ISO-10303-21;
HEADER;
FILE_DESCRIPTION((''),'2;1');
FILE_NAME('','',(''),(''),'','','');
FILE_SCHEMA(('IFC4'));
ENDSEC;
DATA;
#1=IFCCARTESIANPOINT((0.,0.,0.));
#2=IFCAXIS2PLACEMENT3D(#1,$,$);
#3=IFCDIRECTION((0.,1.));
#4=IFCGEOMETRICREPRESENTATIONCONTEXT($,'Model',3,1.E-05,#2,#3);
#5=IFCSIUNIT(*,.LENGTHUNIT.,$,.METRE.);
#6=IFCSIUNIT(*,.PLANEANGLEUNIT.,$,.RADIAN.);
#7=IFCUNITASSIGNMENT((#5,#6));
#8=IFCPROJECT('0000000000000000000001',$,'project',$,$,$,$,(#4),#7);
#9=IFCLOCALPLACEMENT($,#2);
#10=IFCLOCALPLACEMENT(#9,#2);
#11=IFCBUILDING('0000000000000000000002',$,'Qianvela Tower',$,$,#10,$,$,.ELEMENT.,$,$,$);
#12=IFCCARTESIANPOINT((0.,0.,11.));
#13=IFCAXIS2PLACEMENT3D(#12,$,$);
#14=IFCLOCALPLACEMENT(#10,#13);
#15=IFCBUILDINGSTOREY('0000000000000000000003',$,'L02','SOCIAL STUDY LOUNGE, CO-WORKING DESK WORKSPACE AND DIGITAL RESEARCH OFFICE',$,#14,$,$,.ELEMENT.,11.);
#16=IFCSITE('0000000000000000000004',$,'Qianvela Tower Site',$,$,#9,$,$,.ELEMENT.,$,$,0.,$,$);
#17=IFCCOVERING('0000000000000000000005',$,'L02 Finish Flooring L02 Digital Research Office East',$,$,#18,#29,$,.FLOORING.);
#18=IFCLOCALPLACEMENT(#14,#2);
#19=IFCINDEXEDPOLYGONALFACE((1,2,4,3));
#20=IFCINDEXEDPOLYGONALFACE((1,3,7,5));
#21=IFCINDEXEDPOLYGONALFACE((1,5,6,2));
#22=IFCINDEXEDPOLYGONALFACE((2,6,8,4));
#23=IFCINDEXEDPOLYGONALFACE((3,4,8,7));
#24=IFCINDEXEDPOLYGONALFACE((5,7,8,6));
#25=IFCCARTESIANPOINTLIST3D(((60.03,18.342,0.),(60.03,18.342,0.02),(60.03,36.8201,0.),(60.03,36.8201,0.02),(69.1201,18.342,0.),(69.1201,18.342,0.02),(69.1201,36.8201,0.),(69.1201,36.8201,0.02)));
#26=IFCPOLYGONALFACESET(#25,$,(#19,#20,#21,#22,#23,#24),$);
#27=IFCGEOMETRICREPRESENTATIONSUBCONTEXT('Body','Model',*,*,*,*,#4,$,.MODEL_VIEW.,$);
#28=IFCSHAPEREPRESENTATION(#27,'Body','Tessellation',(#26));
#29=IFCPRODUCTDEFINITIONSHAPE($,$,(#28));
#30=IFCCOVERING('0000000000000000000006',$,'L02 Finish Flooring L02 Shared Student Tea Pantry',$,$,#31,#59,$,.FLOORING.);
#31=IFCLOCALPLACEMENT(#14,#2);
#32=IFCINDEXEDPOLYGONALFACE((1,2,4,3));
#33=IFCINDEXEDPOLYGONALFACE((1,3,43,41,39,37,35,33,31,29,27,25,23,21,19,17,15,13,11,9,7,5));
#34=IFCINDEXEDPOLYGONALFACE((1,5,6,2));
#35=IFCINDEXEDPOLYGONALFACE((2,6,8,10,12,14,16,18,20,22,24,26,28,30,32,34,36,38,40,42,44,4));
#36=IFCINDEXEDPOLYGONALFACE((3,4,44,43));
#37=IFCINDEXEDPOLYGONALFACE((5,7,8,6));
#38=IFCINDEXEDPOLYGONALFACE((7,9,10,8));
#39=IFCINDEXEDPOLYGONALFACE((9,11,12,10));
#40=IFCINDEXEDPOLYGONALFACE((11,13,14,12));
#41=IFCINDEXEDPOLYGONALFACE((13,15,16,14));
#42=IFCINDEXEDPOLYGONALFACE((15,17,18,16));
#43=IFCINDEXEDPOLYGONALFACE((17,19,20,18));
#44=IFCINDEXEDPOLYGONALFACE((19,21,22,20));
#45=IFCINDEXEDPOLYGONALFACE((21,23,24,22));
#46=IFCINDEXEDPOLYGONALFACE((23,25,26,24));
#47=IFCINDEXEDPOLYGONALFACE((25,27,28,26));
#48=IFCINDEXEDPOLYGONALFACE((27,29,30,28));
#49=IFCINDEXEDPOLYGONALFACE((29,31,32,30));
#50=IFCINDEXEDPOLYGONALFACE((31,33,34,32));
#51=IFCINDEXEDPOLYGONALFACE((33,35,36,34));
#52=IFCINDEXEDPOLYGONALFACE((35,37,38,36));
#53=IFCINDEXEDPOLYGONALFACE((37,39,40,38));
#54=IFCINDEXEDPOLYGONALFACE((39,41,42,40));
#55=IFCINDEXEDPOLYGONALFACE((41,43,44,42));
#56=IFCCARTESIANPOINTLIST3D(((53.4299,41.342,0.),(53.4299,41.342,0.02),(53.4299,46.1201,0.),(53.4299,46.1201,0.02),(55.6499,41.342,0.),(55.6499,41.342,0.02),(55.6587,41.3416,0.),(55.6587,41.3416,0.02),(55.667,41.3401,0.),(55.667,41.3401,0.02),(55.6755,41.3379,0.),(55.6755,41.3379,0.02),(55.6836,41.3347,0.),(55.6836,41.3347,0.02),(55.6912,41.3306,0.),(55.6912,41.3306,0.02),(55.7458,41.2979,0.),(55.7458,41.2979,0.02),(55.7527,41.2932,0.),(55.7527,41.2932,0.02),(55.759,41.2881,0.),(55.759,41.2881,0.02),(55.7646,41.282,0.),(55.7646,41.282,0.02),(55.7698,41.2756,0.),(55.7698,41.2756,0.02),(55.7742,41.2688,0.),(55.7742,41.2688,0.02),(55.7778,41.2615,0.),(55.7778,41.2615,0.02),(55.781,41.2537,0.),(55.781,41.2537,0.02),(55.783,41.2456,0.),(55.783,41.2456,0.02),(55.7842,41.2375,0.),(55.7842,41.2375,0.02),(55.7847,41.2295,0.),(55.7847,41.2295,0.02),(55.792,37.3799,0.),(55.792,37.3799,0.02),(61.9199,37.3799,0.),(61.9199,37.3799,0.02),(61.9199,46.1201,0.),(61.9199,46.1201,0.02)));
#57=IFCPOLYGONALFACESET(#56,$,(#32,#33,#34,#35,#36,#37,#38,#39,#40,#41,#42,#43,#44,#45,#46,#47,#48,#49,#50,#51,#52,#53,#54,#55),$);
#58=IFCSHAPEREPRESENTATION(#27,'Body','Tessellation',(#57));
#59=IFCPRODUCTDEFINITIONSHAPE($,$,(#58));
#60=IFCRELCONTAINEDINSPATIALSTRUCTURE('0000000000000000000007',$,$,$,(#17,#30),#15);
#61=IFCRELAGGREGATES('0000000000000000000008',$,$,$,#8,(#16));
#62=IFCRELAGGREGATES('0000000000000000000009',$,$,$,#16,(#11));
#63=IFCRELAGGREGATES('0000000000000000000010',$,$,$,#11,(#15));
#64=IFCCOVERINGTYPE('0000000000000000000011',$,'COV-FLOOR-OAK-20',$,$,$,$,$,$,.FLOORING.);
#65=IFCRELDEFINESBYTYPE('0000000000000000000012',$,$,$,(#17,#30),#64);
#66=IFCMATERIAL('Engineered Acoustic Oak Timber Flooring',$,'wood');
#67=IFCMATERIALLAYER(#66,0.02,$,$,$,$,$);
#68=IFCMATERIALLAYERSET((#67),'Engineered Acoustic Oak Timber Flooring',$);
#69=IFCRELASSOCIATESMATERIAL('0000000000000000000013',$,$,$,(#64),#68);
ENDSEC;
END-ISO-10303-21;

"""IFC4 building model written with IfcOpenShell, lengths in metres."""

from ifc_helpers import new_model, si_unit, direction, frame, origin, place, context, subcontext, project, spatial, polyline, outline, extrude, material, layer, layer_set, type_object, element, save


model = new_model("IFC4")

# Units and contexts
model_context = context("Model", 3, precision=1e-05, world=origin(), true_north=direction((0.0, 1.0)))
body_context = subcontext(model_context, "Body", "Model", "MODEL_VIEW")
ifc_project = project(units=[si_unit("LENGTHUNIT", "METRE"), si_unit("PLANEANGLEUNIT", "RADIAN")], contexts=[model_context])

# Site, building, storey
site_placement = place(None, origin())
site = spatial("IfcSite", under=ifc_project, at=site_placement, Name="Qianvela Tower Site", CompositionType="ELEMENT", RefElevation=0.0)
building_placement = place(site_placement, origin())
building = spatial("IfcBuilding", under=site, at=building_placement, Name="Qianvela Tower", CompositionType="ELEMENT")
storey_placement = place(building_placement, frame((0.0, 0.0, 11.0)))
storey = spatial("IfcBuildingStorey", under=building, at=storey_placement, Name="L02", Description="SOCIAL STUDY LOUNGE, CO-WORKING DESK WORKSPACE AND DIGITAL RESEARCH OFFICE", CompositionType="ELEMENT", Elevation=11.0)

# Coverings
ifc_material_1 = material(Name="Engineered Acoustic Oak Timber Flooring", Category="wood")
ifc_layer_1 = layer(ifc_material_1, 0.02)
ifc_layer_set_1 = layer_set([ifc_layer_1], Name="Engineered Acoustic Oak Timber Flooring")
covering_type_1 = type_object("IfcCoveringType", Name="COV-FLOOR-OAK-20", PredefinedType="FLOORING", material=ifc_layer_set_1)
covering_1_placement = place(storey_placement, origin())
element("IfcCovering", 1, at=covering_1_placement, inside=storey, type_object=covering_type_1, Name="L02 Finish Flooring L02 Digital Research Office East", PredefinedType="FLOORING", context=body_context, shape_type="SweptSolid", body=[
    extrude(outline(polyline([(69.1201, 18.342), (60.03, 18.342), (60.03, 36.8201), (69.1201, 36.8201), (69.1201, 18.342)])), origin(), (0.0, 0.0, 1.0), 0.02),
])
covering_2_placement = place(storey_placement, origin())
element("IfcCovering", 2, at=covering_2_placement, inside=storey, type_object=covering_type_1, Name="L02 Finish Flooring L02 Shared Student Tea Pantry", PredefinedType="FLOORING", context=body_context, shape_type="SweptSolid", body=[
    extrude(outline(polyline([(61.9199, 37.3799), (55.792, 37.3799), (55.7847, 41.2295), (55.7842, 41.2375), (55.783, 41.2456), (55.781, 41.2537), (55.7778, 41.2615), (55.7742, 41.2688), (55.7698, 41.2756), (55.7646, 41.282), (55.759, 41.2881), (55.7527, 41.2932), (55.7458, 41.2979), (55.6912, 41.3306), (55.6836, 41.3347), (55.6755, 41.3379), (55.667, 41.3401), (55.6587, 41.3416), (55.6499, 41.342), (53.4299, 41.342), (53.4299, 46.1201), (61.9199, 46.1201), (61.9199, 37.3799)])), origin(), (0.0, 0.0, 1.0), 0.02),
])

save(model, "model.ifc")
